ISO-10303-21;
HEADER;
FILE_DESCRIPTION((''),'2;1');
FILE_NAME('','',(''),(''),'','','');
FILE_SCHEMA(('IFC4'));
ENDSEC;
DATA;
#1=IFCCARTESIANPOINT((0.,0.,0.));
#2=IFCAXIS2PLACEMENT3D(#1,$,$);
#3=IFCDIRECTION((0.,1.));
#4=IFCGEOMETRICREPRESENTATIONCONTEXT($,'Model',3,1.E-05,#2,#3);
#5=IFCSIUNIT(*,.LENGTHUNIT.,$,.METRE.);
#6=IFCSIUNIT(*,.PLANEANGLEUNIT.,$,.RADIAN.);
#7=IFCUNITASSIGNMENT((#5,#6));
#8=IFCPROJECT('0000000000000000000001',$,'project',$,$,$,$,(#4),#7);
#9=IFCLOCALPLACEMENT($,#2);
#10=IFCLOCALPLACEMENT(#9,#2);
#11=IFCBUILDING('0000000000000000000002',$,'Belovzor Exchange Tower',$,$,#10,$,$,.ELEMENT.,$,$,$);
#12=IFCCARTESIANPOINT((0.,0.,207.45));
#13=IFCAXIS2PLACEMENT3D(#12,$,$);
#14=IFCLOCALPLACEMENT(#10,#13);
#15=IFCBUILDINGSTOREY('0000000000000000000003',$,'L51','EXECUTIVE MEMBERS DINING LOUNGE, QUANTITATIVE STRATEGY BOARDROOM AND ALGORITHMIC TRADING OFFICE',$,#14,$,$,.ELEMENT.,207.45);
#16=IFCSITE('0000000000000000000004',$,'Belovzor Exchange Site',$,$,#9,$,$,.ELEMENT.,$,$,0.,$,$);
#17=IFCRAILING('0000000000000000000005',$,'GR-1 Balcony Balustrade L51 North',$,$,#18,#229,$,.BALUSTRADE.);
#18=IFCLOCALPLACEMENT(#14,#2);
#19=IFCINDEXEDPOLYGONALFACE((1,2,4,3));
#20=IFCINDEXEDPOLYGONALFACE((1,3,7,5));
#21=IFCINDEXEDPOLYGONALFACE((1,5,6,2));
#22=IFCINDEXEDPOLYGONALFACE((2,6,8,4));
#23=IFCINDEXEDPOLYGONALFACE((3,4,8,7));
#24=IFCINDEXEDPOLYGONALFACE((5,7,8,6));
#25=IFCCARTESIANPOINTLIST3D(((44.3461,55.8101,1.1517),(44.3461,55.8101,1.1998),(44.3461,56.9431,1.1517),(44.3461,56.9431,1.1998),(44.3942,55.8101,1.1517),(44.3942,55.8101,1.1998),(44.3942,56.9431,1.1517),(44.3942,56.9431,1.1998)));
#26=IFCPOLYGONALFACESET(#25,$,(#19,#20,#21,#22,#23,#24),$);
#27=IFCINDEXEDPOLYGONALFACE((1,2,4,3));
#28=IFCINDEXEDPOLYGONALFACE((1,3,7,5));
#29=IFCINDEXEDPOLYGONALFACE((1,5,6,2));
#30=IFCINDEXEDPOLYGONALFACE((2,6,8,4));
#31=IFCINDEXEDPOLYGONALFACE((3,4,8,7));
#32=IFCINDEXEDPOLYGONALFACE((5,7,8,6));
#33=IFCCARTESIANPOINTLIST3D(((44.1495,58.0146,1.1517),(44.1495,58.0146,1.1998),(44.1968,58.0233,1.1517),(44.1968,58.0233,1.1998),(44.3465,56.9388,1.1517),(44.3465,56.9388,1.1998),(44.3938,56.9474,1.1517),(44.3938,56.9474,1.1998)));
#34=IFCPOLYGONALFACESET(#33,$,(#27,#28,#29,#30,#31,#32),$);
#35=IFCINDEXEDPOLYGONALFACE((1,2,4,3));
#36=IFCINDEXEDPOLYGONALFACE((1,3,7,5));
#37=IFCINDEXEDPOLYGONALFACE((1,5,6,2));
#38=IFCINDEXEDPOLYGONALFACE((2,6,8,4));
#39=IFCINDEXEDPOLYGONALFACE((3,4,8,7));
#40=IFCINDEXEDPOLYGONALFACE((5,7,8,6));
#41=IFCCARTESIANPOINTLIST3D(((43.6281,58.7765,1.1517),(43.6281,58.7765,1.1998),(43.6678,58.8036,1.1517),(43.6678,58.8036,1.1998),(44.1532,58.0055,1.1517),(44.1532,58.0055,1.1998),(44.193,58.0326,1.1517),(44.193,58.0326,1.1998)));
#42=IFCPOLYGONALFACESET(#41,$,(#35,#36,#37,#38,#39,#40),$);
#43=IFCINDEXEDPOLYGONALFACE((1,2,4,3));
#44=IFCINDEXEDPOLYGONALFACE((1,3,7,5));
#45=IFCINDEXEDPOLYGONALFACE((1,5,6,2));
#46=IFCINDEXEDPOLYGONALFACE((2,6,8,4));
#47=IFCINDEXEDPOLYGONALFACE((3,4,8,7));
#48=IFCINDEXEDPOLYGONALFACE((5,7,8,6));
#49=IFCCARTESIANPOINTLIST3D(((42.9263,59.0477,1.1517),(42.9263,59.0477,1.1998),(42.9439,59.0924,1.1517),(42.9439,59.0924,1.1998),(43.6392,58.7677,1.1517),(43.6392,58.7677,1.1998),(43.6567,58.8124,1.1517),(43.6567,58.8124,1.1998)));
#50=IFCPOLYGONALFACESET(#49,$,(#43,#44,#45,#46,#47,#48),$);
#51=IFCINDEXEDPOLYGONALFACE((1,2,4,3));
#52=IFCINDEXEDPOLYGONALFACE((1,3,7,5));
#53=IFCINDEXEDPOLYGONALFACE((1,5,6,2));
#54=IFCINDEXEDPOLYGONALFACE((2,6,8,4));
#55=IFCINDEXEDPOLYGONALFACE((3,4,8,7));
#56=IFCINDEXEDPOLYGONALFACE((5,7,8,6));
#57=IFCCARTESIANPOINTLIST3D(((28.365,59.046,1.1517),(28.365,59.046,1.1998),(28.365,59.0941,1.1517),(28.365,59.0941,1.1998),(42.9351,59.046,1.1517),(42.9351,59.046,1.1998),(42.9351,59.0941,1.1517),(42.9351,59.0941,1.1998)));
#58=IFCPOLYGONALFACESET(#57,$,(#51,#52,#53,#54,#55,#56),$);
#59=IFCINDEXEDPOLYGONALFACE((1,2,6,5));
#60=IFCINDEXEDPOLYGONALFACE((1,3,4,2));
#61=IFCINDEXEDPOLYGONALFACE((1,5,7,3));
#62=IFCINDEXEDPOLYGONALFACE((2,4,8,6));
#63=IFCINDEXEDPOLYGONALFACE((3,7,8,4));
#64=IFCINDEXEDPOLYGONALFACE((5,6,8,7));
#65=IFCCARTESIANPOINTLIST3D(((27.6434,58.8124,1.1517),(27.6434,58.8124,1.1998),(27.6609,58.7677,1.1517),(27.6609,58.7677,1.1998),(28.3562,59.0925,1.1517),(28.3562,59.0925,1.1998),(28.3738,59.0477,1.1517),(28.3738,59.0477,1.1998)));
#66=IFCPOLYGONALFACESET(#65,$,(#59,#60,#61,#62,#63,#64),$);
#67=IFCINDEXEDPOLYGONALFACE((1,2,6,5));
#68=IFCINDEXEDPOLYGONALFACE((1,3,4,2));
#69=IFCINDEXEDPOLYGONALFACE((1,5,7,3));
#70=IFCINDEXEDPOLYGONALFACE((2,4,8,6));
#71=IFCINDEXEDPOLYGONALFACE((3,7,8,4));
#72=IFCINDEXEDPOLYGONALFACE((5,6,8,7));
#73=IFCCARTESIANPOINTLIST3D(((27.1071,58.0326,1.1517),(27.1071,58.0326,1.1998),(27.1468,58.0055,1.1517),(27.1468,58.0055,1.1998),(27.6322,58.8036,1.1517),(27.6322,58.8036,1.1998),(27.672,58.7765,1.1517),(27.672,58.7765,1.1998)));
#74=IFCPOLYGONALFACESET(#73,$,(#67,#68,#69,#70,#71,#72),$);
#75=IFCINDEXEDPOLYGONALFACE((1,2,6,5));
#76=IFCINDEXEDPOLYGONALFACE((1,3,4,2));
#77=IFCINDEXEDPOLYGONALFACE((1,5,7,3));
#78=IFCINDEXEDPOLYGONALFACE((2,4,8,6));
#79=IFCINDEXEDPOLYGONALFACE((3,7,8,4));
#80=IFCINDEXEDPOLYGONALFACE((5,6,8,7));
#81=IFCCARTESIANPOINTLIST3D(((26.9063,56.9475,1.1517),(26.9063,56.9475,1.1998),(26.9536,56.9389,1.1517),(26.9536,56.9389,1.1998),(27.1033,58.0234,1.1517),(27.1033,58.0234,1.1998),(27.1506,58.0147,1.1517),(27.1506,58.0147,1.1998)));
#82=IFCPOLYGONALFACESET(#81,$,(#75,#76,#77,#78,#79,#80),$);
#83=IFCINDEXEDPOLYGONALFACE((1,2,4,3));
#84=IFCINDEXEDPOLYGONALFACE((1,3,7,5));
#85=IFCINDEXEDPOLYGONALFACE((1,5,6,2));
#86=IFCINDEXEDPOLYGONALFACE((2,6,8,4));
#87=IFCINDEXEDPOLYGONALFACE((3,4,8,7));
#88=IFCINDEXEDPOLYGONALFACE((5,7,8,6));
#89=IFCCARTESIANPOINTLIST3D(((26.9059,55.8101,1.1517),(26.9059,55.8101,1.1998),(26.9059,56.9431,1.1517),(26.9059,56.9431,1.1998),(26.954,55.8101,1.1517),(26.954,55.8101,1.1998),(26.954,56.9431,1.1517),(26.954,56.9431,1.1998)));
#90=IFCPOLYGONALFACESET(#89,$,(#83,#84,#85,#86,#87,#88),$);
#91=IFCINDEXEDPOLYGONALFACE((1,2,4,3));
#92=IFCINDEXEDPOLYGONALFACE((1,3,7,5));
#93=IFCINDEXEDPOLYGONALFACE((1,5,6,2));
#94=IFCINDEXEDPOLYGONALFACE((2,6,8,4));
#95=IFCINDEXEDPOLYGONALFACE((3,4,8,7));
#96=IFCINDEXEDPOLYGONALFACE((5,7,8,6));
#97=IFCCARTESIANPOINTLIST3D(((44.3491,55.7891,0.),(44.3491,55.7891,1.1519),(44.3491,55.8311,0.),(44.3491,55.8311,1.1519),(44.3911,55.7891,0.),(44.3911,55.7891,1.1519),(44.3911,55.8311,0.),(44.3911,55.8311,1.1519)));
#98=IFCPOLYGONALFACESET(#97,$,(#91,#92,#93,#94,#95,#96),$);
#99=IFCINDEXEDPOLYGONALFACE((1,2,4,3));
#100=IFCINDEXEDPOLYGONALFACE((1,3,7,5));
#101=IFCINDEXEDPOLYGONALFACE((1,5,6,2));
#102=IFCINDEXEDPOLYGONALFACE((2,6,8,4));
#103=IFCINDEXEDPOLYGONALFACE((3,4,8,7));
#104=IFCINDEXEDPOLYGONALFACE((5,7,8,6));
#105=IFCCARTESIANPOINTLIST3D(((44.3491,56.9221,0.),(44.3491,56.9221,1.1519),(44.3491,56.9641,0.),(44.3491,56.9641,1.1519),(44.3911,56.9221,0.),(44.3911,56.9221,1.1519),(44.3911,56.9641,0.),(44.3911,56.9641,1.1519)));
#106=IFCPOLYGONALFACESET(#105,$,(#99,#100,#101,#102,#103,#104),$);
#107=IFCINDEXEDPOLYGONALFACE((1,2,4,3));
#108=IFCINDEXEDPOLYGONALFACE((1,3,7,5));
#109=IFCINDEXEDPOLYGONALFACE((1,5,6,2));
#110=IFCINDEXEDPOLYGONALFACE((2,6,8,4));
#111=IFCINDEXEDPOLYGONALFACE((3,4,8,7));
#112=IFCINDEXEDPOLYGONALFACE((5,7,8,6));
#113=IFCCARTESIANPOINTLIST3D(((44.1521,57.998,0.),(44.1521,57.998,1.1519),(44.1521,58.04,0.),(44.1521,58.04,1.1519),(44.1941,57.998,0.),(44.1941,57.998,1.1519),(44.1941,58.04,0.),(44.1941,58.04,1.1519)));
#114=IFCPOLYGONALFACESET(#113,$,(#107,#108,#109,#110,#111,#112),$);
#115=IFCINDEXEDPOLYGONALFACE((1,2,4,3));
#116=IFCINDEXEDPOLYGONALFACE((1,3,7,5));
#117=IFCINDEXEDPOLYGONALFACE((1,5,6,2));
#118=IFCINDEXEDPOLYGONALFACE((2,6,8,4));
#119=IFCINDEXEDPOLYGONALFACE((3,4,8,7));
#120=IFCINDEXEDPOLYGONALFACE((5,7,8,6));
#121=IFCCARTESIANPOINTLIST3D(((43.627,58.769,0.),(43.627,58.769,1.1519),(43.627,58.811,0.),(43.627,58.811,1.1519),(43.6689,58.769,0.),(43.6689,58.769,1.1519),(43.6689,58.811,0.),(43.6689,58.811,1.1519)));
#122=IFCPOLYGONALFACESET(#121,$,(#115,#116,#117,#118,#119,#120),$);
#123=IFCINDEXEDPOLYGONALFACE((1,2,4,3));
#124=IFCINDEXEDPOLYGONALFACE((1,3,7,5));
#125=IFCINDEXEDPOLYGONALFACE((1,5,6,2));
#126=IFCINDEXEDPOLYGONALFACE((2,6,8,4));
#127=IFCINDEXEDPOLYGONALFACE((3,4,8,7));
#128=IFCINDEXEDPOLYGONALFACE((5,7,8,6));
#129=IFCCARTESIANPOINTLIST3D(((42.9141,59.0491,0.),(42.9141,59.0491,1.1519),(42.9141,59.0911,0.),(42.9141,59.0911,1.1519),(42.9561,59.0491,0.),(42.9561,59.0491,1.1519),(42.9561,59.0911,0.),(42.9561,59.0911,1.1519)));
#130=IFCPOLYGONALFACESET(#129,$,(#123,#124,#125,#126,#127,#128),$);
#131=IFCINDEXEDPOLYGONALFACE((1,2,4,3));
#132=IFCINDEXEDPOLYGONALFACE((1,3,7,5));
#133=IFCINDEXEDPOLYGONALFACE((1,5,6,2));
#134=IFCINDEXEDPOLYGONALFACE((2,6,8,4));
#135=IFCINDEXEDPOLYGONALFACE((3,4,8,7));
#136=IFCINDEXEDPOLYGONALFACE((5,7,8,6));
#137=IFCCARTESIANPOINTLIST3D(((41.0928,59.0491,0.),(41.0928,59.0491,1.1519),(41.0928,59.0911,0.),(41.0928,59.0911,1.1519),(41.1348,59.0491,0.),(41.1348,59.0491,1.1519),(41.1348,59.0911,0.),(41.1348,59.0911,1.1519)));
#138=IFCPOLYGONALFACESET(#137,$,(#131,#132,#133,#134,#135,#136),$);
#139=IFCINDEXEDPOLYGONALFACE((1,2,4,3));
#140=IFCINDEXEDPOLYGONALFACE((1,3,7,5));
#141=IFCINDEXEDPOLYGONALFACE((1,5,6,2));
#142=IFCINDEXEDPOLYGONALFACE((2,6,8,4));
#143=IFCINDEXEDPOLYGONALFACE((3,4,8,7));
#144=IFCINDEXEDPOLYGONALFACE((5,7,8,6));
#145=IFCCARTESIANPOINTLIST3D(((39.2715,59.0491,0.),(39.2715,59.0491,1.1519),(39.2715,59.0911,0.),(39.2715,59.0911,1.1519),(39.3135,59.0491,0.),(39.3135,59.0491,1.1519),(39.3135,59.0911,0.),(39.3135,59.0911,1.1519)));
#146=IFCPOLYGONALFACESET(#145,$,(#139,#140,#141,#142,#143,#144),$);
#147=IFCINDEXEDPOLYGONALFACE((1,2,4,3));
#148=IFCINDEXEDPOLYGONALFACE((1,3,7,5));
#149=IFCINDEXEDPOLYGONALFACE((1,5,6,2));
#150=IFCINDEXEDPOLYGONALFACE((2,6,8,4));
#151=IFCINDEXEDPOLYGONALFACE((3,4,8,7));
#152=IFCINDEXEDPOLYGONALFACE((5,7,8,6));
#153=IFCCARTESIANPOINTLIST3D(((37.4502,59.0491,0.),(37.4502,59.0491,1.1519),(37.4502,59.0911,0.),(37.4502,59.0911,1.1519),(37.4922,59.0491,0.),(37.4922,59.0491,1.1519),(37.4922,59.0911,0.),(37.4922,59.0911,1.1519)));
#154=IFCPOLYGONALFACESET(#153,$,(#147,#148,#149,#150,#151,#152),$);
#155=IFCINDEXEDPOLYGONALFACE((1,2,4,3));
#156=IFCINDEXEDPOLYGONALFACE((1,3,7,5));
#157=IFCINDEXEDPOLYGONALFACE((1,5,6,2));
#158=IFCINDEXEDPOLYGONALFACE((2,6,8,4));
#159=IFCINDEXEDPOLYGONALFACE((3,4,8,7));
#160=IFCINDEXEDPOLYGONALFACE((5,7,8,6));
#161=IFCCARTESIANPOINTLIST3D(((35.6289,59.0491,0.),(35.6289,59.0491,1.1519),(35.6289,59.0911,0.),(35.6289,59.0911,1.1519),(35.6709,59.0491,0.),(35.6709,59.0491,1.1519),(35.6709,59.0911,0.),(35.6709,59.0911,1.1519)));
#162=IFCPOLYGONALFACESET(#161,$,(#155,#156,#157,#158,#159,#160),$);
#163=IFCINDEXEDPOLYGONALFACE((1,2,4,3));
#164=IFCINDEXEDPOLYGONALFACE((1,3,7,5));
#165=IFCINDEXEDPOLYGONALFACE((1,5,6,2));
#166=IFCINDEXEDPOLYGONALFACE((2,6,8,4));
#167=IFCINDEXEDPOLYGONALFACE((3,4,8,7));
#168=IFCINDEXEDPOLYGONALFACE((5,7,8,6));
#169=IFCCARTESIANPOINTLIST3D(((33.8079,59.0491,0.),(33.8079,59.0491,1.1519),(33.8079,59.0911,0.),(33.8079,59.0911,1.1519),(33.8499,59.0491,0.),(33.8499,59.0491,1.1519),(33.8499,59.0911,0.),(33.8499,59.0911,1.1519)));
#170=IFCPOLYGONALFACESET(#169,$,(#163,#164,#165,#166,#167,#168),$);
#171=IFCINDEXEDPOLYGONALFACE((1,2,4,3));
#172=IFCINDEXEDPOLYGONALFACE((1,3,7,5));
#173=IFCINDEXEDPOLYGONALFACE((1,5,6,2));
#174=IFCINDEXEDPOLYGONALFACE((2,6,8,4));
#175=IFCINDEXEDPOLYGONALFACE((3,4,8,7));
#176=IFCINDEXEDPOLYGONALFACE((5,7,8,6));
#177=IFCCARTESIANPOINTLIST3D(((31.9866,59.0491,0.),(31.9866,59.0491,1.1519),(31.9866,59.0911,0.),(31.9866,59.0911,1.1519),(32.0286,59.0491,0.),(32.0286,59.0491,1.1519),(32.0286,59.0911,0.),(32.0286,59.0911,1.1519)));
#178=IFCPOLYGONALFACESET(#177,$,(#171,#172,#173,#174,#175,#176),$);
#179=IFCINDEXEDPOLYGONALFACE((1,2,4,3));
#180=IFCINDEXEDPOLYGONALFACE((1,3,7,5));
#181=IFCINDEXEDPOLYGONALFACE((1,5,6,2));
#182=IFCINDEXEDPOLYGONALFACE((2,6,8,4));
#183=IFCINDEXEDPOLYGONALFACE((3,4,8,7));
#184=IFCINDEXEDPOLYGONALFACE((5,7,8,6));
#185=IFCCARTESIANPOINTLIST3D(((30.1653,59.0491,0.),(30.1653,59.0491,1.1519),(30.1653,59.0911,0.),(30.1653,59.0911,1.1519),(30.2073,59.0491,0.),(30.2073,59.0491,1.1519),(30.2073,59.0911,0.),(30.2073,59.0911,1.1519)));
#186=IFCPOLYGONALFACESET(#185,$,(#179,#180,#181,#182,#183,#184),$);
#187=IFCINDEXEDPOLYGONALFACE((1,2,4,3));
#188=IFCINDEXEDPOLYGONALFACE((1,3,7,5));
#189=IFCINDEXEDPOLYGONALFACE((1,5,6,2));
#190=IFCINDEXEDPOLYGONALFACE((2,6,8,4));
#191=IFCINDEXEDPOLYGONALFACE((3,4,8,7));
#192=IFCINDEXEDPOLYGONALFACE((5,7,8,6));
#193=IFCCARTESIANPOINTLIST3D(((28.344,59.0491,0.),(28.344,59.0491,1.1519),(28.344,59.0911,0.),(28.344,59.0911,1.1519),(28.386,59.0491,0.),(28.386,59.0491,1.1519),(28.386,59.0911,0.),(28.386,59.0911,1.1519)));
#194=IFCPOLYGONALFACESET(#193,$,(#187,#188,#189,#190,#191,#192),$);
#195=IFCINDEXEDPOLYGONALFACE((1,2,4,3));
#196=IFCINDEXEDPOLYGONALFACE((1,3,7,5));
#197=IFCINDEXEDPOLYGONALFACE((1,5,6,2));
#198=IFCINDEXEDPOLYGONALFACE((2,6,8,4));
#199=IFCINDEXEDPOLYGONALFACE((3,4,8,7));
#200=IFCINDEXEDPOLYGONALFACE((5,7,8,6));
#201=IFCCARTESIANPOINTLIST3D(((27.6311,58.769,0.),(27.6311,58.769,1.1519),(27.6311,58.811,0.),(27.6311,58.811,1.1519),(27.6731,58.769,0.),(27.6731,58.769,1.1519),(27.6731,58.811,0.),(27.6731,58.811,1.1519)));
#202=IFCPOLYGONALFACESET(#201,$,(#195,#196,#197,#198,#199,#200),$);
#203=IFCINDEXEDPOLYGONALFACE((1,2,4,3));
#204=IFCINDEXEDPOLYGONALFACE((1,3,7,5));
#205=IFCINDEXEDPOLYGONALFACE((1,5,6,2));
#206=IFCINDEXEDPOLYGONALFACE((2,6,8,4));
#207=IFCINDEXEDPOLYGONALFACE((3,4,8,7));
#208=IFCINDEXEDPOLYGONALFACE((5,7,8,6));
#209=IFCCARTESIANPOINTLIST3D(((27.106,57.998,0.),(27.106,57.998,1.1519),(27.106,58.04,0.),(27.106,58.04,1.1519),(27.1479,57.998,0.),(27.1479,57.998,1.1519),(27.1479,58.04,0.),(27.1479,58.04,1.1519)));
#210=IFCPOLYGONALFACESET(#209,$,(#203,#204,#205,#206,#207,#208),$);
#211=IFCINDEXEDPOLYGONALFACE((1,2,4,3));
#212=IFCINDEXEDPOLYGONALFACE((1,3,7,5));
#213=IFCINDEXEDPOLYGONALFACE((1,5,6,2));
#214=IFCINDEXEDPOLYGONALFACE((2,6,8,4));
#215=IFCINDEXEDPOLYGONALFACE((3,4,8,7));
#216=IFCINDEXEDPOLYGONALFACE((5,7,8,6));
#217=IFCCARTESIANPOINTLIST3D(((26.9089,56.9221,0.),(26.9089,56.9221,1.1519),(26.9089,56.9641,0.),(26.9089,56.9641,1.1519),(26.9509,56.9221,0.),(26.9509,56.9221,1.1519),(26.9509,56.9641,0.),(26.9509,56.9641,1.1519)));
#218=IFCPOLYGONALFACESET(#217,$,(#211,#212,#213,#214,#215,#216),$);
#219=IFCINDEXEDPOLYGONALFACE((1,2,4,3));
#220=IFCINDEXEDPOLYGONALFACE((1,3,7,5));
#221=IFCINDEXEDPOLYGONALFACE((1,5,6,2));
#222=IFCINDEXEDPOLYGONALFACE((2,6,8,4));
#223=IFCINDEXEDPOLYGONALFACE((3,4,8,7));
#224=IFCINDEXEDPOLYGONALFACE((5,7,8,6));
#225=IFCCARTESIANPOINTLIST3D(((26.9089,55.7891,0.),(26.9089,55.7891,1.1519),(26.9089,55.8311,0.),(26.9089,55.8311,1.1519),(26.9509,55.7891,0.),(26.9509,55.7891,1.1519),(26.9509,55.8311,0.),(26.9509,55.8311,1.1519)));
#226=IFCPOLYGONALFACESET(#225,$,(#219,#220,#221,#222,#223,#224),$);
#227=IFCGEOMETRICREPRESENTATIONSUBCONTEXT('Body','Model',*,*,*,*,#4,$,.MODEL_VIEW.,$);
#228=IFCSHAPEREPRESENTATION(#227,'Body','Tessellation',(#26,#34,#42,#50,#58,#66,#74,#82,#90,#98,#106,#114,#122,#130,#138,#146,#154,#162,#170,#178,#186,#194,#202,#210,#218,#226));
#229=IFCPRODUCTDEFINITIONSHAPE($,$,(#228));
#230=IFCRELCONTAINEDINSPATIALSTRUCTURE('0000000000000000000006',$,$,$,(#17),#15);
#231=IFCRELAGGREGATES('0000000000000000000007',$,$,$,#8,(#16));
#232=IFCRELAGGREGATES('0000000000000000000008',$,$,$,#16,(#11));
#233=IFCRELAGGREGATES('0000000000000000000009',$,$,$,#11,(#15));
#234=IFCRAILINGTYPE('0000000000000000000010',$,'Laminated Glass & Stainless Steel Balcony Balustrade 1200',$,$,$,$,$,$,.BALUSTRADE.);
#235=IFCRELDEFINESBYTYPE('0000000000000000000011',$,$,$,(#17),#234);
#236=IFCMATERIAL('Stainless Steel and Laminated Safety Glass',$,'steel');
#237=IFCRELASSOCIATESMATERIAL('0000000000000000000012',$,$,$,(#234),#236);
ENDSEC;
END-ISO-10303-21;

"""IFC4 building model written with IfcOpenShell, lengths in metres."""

from ifc_helpers import new_model, si_unit, direction, frame, origin, origin_2d, place, context, subcontext, project, spatial, rectangle, extrude, material, type_object, element, save


model = new_model("IFC4")

# Units and contexts
model_context = context("Model", 3, precision=1e-05, world=origin(), true_north=direction((0.0, 1.0)))
body_context = subcontext(model_context, "Body", "Model", "MODEL_VIEW")
ifc_project = project(units=[si_unit("LENGTHUNIT", "METRE"), si_unit("PLANEANGLEUNIT", "RADIAN")], contexts=[model_context])

# Site, building, storey
site_placement = place(None, origin())
site = spatial("IfcSite", under=ifc_project, at=site_placement, Name="Belovzor Exchange Site", CompositionType="ELEMENT", RefElevation=0.0)
building_placement = place(site_placement, origin())
building = spatial("IfcBuilding", under=site, at=building_placement, Name="Belovzor Exchange Tower", CompositionType="ELEMENT")
storey_placement = place(building_placement, frame((0.0, 0.0, 207.45)))
storey = spatial("IfcBuildingStorey", under=building, at=storey_placement, Name="L51", Description="EXECUTIVE MEMBERS DINING LOUNGE, QUANTITATIVE STRATEGY BOARDROOM AND ALGORITHMIC TRADING OFFICE", CompositionType="ELEMENT", Elevation=207.45)

# Railing
ifc_material_1 = material(Name="Stainless Steel and Laminated Safety Glass", Category="steel")
railing_type = type_object("IfcRailingType", Name="Laminated Glass & Stainless Steel Balcony Balustrade 1200", PredefinedType="BALUSTRADE", material=ifc_material_1)
railing_placement = place(storey_placement, frame((44.3701, 55.8101, 0.0)))
element("IfcRailing", 1, at=railing_placement, inside=storey, type_object=railing_type, Name="GR-1 Balcony Balustrade L51 North", PredefinedType="BALUSTRADE", context=body_context, shape_type="SweptSolid", body=[
    extrude(rectangle(XDim=0.0481, YDim=0.0481, at=origin_2d()), frame((0.0, 0.0, 1.1758), z_axis=(0.0, 1.0, 0.0), x_axis=(-1.0, 0.0, 0.0)), (0.0, 0.0, 1.0), 1.1331),
    extrude(rectangle(XDim=0.0481, YDim=0.0481, at=origin_2d()), frame((0.0, 1.1331, 1.1758), z_axis=(-0.180123, 0.983644, 0.0), x_axis=(-0.983644, -0.180123, 0.0)), (0.0, 0.0, 1.0), 1.0938),
    extrude(rectangle(XDim=0.0481, YDim=0.0481, at=origin_2d()), frame((-0.197, 2.209, 1.1758), z_axis=(-0.562947, 0.826493, 0.0), x_axis=(-0.826493, -0.562947, 0.0)), (0.0, 0.0, 1.0), 0.9329),
    extrude(rectangle(XDim=0.0481, YDim=0.0481, at=origin_2d()), frame((-0.7222, 2.98, 1.1758), z_axis=(-0.930767, 0.365613, 0.0), x_axis=(-0.365613, -0.930767, 0.0)), (0.0, 0.0, 1.0), 0.7659),
    extrude(rectangle(XDim=0.0481, YDim=0.0481, at=origin_2d()), frame((-1.4351, 3.26, 1.1758), z_axis=(-1.0, 0.0, 0.0), x_axis=(0.0, -1.0, 0.0)), (0.0, 0.0, 1.0), 14.5701),
    extrude(rectangle(XDim=0.0481, YDim=0.0481, at=origin_2d()), frame((-16.0051, 3.26, 1.1758), z_axis=(-0.930767, -0.365613, 0.0), x_axis=(0.365613, -0.930767, 0.0)), (0.0, 0.0, 1.0), 0.7659),
    extrude(rectangle(XDim=0.0481, YDim=0.0481, at=origin_2d()), frame((-16.718, 2.98, 1.1758), z_axis=(-0.562947, -0.826493, 0.0), x_axis=(0.826493, -0.562947, 0.0)), (0.0, 0.0, 1.0), 0.9329),
    extrude(rectangle(XDim=0.0481, YDim=0.0481, at=origin_2d()), frame((-17.2432, 2.209, 1.1758), z_axis=(-0.180123, -0.983644, 0.0), x_axis=(0.983644, -0.180123, 0.0)), (0.0, 0.0, 1.0), 1.0938),
    extrude(rectangle(XDim=0.0481, YDim=0.0481, at=origin_2d()), frame((-17.4402, 1.1331, 1.1758), z_axis=(0.0, -1.0, 0.0), x_axis=(1.0, 0.0, 0.0)), (0.0, 0.0, 1.0), 1.1331),
    extrude(rectangle(XDim=0.042, YDim=0.042, at=origin_2d()), origin(), (0.0, 0.0, 1.0), 1.1519),
    extrude(rectangle(XDim=0.042, YDim=0.042, at=origin_2d()), frame((0.0, 1.1331, 0.0)), (0.0, 0.0, 1.0), 1.1519),
    extrude(rectangle(XDim=0.042, YDim=0.042, at=origin_2d()), frame((-0.197, 2.209, 0.0)), (0.0, 0.0, 1.0), 1.1519),
    extrude(rectangle(XDim=0.042, YDim=0.042, at=origin_2d()), frame((-0.7222, 2.98, 0.0)), (0.0, 0.0, 1.0), 1.1519),
    extrude(rectangle(XDim=0.042, YDim=0.042, at=origin_2d()), frame((-1.4351, 3.26, 0.0)), (0.0, 0.0, 1.0), 1.1519),
    extrude(rectangle(XDim=0.042, YDim=0.042, at=origin_2d()), frame((-3.2563, 3.26, 0.0)), (0.0, 0.0, 1.0), 1.1519),
    extrude(rectangle(XDim=0.042, YDim=0.042, at=origin_2d()), frame((-5.0776, 3.26, 0.0)), (0.0, 0.0, 1.0), 1.1519),
    extrude(rectangle(XDim=0.042, YDim=0.042, at=origin_2d()), frame((-6.8989, 3.26, 0.0)), (0.0, 0.0, 1.0), 1.1519),
    extrude(rectangle(XDim=0.042, YDim=0.042, at=origin_2d()), frame((-8.7202, 3.26, 0.0)), (0.0, 0.0, 1.0), 1.1519),
    extrude(rectangle(XDim=0.042, YDim=0.042, at=origin_2d()), frame((-10.5413, 3.26, 0.0)), (0.0, 0.0, 1.0), 1.1519),
    extrude(rectangle(XDim=0.042, YDim=0.042, at=origin_2d()), frame((-12.3625, 3.26, 0.0)), (0.0, 0.0, 1.0), 1.1519),
    extrude(rectangle(XDim=0.042, YDim=0.042, at=origin_2d()), frame((-14.1838, 3.26, 0.0)), (0.0, 0.0, 1.0), 1.1519),
    extrude(rectangle(XDim=0.042, YDim=0.042, at=origin_2d()), frame((-16.0051, 3.26, 0.0)), (0.0, 0.0, 1.0), 1.1519),
    extrude(rectangle(XDim=0.042, YDim=0.042, at=origin_2d()), frame((-16.718, 2.98, 0.0)), (0.0, 0.0, 1.0), 1.1519),
    extrude(rectangle(XDim=0.042, YDim=0.042, at=origin_2d()), frame((-17.2432, 2.209, 0.0)), (0.0, 0.0, 1.0), 1.1519),
    extrude(rectangle(XDim=0.042, YDim=0.042, at=origin_2d()), frame((-17.4402, 1.1331, 0.0)), (0.0, 0.0, 1.0), 1.1519),
    extrude(rectangle(XDim=0.042, YDim=0.042, at=origin_2d()), frame((-17.4402, 0.0, 0.0)), (0.0, 0.0, 1.0), 1.1519),
])

save(model, "model.ifc")
